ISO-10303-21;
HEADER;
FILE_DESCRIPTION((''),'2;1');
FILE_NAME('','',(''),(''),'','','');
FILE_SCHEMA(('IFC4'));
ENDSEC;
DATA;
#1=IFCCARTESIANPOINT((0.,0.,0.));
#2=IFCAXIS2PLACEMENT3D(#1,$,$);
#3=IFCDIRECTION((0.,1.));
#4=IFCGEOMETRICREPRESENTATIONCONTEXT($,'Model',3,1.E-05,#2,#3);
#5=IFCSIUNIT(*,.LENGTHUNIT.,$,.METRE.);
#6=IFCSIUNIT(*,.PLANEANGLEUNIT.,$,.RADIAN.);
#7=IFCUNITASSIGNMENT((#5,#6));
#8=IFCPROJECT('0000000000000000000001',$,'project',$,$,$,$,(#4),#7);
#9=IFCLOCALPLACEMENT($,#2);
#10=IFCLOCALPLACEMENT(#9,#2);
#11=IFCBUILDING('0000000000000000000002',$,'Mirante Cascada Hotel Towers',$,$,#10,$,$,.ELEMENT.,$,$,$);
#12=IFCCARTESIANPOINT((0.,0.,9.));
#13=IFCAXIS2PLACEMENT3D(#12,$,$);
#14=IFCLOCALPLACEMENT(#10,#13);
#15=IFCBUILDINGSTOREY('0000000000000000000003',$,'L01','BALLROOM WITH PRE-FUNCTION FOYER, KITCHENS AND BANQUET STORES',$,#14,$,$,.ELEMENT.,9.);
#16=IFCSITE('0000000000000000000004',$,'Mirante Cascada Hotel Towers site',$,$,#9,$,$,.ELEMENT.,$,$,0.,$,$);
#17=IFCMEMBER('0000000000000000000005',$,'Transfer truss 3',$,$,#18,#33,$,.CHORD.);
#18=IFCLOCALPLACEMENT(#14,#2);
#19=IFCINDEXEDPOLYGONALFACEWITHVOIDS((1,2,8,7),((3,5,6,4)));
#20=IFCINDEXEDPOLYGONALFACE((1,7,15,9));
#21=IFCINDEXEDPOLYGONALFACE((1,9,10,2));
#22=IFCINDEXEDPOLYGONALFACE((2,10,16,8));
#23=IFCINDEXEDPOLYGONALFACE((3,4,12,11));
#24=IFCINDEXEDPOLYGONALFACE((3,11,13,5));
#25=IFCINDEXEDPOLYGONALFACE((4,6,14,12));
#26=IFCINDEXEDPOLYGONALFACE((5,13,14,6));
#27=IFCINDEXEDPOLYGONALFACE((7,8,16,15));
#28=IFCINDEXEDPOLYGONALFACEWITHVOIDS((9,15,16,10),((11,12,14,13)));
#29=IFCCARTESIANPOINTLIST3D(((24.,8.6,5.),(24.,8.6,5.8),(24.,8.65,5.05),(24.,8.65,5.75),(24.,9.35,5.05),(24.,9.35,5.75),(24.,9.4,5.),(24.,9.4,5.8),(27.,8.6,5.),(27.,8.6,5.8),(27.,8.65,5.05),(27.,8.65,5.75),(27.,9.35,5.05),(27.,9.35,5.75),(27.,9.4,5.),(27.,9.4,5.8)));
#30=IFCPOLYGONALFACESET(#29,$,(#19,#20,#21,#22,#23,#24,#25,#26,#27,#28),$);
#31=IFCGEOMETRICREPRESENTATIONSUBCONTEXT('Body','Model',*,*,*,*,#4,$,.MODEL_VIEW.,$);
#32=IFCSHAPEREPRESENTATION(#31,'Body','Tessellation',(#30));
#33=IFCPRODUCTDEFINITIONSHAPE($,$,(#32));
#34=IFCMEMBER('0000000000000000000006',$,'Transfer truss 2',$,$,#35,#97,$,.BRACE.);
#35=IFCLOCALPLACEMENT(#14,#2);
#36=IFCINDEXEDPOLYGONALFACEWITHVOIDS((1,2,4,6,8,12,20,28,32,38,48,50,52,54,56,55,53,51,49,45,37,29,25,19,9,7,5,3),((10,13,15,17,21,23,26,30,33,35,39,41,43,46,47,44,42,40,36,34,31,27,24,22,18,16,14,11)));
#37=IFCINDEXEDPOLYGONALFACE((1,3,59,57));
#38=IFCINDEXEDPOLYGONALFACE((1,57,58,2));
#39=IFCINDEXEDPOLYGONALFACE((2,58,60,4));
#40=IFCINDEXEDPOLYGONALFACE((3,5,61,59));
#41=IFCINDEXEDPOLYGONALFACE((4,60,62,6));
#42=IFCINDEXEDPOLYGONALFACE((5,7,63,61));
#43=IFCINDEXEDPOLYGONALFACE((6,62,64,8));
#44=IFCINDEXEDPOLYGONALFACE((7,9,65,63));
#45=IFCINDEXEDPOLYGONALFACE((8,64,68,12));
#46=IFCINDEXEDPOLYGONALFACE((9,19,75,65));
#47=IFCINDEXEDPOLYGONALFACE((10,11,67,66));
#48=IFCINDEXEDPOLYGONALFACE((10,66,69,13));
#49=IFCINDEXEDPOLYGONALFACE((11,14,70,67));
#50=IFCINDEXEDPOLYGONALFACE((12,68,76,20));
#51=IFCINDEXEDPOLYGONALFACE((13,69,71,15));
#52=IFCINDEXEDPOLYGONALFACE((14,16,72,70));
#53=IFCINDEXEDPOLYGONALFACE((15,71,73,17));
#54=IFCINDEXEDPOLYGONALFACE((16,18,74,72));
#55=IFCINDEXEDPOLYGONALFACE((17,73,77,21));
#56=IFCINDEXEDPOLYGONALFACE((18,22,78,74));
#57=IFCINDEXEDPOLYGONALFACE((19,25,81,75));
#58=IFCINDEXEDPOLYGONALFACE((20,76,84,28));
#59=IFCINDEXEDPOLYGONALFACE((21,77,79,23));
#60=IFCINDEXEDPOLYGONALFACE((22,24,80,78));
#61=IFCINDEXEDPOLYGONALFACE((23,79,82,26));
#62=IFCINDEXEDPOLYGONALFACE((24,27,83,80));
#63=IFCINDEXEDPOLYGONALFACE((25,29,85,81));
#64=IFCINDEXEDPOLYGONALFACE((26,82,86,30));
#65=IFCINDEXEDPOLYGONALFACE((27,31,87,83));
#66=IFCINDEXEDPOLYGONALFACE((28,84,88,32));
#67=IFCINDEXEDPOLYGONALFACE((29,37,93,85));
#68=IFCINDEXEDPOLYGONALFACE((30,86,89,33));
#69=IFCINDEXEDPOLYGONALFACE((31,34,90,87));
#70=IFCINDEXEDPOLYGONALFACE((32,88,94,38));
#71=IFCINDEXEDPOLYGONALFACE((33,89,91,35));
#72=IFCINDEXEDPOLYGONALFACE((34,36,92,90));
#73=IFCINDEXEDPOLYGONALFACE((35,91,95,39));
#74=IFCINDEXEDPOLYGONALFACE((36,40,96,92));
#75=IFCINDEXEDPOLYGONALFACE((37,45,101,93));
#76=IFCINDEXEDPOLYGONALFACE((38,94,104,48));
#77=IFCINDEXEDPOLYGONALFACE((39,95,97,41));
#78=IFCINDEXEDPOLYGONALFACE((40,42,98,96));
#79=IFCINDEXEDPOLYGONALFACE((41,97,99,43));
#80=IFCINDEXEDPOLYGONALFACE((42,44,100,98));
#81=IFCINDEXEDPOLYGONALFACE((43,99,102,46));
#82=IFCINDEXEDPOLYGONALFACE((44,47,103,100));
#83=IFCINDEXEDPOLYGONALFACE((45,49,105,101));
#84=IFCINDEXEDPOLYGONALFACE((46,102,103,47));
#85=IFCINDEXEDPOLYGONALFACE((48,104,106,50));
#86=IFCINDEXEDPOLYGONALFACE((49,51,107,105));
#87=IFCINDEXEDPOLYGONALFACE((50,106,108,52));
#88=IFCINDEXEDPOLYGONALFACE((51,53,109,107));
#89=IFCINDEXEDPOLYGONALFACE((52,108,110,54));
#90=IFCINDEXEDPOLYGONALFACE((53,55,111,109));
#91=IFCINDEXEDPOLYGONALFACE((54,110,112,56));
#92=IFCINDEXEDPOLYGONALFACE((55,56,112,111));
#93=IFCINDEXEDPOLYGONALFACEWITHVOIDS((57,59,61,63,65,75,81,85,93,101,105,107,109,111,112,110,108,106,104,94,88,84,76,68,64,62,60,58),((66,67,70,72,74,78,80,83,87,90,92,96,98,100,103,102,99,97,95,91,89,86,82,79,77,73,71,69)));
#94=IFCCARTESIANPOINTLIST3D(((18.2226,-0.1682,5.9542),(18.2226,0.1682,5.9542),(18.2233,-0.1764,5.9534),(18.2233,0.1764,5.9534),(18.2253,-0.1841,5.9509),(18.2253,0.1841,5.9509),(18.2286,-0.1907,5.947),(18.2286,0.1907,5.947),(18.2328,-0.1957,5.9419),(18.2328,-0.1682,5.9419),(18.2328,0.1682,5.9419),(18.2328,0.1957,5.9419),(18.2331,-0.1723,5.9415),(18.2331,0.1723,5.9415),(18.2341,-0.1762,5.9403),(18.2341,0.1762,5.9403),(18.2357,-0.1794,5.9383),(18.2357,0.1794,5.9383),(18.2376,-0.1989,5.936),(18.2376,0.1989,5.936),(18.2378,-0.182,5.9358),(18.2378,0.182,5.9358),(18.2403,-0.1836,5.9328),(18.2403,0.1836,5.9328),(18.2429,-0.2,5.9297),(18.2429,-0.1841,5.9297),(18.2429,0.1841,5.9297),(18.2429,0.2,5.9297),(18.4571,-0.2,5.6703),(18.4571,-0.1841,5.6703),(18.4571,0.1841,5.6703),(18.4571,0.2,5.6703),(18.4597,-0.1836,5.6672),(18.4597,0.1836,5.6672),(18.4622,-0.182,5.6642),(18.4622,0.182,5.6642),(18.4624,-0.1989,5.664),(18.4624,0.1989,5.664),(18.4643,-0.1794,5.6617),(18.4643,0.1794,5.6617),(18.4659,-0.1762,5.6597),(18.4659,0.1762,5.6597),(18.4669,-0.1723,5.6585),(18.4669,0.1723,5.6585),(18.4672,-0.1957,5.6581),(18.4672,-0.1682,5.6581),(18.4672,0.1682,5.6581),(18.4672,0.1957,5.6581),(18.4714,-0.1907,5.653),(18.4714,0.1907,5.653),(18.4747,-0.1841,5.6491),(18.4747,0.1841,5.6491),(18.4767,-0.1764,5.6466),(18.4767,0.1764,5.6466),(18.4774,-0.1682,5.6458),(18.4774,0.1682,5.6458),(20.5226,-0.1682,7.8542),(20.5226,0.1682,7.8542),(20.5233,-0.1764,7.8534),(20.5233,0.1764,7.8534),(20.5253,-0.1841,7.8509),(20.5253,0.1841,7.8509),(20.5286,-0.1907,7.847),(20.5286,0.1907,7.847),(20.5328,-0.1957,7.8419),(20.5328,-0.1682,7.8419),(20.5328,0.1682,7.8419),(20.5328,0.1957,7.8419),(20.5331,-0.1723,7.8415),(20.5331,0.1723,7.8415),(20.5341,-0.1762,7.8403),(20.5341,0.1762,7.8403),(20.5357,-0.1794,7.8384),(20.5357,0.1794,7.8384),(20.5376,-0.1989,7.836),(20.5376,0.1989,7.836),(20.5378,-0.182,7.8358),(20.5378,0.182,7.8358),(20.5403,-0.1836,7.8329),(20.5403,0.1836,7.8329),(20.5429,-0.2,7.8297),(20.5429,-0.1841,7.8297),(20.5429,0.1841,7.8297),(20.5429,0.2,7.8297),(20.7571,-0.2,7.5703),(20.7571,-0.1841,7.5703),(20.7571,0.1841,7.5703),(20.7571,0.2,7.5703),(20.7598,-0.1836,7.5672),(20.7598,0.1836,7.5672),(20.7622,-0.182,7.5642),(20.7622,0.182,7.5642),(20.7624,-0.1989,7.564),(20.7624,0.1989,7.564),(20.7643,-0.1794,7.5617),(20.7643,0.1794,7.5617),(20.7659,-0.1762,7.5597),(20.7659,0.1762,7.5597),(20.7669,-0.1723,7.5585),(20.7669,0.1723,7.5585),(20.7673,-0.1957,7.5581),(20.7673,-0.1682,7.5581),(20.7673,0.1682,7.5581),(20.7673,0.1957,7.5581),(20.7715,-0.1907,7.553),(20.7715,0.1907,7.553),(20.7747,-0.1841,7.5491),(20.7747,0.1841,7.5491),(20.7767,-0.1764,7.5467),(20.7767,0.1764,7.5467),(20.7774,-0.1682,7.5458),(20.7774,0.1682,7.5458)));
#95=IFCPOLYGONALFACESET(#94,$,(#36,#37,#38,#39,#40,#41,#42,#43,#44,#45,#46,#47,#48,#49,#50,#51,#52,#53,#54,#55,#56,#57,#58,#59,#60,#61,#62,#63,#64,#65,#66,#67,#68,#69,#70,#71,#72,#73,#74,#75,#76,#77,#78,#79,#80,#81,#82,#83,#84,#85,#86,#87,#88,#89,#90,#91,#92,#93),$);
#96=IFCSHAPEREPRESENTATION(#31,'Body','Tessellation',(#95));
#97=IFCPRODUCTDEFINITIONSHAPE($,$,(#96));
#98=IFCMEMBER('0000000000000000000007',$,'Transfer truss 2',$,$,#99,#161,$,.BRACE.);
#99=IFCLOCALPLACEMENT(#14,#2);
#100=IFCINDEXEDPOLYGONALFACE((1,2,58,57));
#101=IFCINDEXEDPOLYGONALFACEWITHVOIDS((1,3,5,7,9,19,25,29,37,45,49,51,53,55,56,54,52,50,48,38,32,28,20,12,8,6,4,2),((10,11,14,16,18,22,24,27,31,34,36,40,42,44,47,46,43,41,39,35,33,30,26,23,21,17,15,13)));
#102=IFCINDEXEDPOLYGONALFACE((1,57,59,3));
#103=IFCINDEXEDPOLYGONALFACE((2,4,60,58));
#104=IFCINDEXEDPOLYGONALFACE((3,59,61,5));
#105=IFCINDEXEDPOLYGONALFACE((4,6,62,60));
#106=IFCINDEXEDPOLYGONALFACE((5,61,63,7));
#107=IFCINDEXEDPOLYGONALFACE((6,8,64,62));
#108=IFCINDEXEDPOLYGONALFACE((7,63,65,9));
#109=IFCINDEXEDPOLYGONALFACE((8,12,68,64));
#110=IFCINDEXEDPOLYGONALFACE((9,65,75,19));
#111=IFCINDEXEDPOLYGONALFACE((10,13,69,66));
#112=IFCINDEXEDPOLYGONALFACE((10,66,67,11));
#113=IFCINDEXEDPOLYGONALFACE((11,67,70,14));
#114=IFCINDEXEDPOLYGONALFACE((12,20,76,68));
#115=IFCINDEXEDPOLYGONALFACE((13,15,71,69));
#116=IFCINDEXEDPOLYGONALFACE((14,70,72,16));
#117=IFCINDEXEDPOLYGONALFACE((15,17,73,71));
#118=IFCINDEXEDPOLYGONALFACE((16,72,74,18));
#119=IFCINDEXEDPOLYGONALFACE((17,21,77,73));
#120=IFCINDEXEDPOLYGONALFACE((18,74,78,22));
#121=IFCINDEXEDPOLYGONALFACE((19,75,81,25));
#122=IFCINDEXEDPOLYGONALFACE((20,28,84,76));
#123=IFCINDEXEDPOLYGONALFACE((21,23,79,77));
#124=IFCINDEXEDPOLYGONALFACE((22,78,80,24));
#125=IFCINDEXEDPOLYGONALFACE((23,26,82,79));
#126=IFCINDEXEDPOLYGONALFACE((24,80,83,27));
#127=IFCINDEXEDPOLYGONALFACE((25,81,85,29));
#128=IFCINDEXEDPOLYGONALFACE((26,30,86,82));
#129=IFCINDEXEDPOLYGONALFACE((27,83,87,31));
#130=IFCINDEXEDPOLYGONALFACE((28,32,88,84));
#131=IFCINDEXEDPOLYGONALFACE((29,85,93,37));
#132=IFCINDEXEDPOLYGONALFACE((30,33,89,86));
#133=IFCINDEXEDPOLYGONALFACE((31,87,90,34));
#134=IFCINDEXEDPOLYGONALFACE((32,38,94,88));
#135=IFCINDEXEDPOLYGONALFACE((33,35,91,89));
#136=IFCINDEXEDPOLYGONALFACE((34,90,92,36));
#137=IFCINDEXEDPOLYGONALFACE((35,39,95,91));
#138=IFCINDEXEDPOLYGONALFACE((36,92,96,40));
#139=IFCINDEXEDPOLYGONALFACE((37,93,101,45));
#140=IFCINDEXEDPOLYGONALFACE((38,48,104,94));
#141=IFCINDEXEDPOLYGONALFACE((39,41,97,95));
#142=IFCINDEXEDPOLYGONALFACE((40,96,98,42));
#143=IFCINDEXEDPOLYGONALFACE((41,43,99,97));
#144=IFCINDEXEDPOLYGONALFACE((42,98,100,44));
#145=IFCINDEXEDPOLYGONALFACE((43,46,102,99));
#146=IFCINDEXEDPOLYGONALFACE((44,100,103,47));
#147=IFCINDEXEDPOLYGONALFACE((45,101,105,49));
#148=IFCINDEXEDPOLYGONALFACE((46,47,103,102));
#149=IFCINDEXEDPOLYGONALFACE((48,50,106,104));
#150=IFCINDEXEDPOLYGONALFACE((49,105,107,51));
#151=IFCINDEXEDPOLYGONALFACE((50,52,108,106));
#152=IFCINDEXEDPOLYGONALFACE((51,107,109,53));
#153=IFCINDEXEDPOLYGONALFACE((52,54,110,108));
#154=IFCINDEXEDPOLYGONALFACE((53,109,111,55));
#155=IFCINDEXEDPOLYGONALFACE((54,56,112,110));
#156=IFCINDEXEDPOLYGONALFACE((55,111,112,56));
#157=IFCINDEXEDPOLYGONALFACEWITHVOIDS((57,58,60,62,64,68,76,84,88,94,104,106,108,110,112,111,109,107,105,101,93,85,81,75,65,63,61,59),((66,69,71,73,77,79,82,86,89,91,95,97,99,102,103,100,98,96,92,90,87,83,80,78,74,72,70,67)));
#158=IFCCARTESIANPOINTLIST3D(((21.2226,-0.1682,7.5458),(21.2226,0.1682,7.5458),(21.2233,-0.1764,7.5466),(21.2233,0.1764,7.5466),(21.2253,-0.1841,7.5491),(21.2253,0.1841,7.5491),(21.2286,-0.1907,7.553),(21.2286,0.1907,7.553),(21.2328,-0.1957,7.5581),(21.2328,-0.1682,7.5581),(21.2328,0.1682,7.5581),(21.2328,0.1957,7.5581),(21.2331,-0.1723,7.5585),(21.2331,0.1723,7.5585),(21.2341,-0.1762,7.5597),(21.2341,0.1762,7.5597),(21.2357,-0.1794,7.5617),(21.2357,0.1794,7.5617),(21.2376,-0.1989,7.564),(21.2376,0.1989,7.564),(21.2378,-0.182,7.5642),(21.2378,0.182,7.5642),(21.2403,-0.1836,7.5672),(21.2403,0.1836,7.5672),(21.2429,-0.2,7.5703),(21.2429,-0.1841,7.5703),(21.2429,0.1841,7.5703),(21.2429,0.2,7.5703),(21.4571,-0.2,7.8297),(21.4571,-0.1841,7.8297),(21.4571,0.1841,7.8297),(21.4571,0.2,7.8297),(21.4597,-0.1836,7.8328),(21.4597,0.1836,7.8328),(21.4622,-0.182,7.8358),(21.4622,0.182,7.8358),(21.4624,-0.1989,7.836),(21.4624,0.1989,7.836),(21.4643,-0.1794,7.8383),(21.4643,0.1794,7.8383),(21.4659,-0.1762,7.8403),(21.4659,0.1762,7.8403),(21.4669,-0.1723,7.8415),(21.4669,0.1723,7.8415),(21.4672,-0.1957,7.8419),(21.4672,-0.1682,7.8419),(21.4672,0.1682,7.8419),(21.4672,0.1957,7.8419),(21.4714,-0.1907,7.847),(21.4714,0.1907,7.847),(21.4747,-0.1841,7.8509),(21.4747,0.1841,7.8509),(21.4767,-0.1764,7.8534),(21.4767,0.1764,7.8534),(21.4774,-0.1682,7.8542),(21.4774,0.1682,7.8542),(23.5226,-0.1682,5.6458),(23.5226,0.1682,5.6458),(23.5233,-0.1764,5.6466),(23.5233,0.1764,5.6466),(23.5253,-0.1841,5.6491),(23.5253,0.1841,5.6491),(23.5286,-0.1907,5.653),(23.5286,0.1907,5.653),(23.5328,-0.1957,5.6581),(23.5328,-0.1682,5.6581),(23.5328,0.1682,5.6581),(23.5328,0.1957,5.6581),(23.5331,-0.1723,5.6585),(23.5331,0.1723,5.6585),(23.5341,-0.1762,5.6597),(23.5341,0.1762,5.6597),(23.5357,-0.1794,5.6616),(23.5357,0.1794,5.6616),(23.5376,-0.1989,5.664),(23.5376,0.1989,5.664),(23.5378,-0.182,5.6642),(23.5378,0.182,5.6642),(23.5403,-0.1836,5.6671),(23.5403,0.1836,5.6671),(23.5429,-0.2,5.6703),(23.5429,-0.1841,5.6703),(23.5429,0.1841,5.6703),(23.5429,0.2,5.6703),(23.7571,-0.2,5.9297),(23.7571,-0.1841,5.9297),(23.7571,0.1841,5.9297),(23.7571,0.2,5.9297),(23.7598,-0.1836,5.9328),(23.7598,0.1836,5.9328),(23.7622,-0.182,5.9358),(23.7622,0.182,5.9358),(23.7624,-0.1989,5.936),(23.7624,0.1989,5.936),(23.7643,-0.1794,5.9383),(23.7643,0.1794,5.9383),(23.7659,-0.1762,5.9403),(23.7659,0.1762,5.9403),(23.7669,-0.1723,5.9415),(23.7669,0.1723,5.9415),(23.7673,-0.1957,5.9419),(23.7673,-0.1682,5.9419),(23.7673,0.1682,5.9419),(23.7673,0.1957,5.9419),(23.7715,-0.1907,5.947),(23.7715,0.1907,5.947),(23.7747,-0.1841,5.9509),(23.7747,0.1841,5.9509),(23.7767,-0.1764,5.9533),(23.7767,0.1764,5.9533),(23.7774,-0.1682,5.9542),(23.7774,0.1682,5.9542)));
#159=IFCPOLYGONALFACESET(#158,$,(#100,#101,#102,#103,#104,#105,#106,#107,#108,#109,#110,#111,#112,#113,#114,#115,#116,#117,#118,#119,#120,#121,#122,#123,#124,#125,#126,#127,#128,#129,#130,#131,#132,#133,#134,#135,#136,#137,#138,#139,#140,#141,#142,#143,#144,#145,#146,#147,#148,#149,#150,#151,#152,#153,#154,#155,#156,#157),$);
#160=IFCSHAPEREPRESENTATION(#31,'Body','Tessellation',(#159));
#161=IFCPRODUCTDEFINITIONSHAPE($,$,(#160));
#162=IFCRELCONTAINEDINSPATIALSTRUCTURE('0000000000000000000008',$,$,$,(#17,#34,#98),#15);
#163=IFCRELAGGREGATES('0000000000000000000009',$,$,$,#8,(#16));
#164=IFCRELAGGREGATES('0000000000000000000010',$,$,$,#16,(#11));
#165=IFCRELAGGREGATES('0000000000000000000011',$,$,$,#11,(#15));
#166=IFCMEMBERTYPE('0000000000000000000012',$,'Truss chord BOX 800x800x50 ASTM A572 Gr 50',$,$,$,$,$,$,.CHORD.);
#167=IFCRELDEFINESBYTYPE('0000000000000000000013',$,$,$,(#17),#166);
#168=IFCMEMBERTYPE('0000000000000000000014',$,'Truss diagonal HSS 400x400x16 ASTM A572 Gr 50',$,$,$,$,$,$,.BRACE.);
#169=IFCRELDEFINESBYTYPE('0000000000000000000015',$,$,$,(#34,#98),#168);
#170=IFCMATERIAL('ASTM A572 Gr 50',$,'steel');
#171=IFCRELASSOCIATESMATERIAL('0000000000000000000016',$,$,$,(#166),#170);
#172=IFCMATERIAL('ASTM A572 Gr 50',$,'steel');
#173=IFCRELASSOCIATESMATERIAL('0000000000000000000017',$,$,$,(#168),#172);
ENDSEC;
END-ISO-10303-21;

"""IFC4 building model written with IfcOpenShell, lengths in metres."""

from ifc_helpers import new_model, si_unit, direction, frame, origin, origin_2d, place, context, subcontext, project, spatial, hollow_rectangle, extrude, material, material_profile, profile_set, type_object, element, save


model = new_model("IFC4")

# Units and contexts
model_context = context("Model", 3, precision=1e-05, world=origin(), true_north=direction((0.0, 1.0)))
body_context = subcontext(model_context, "Body", "Model", "MODEL_VIEW")
ifc_project = project(units=[si_unit("LENGTHUNIT", "METRE"), si_unit("PLANEANGLEUNIT", "RADIAN")], contexts=[model_context])

# Site, building, storey
site_placement = place(None, origin())
site = spatial("IfcSite", under=ifc_project, at=site_placement, Name="Mirante Cascada Hotel Towers site", CompositionType="ELEMENT", RefElevation=0.0)
building_placement = place(site_placement, origin())
building = spatial("IfcBuilding", under=site, at=building_placement, Name="Mirante Cascada Hotel Towers", CompositionType="ELEMENT")
storey_placement = place(building_placement, frame((0.0, 0.0, 9.0)))
storey = spatial("IfcBuildingStorey", under=building, at=storey_placement, Name="L01", Description="BALLROOM WITH PRE-FUNCTION FOYER, KITCHENS AND BANQUET STORES", CompositionType="ELEMENT", Elevation=9.0)

# Members
ifc_material_1 = material(Name="ASTM A572 Gr 50", Category="steel")
ifc_material_profile_1 = material_profile(ifc_material_1, hollow_rectangle(XDim=0.8, YDim=0.8, WallThickness=0.05, at=origin_2d()), Name="BOX 800x800x50")
ifc_profile_set_1 = profile_set([ifc_material_profile_1], Name="ASTM A572 Gr 50")
member_type_1 = type_object("IfcMemberType", Name="Truss chord BOX 800x800x50 ASTM A572 Gr 50", PredefinedType="CHORD", material=ifc_profile_set_1)
for number, where, z_axis, x_axis, name in (
    (1, (24.0, 9.0, 5.4), (1.0, 0.0, 0.0), (0.0, 1.0, 0.0), "Transfer truss 3"),
):
    element("IfcMember", number, at=place(storey_placement, frame(where, z_axis=z_axis, x_axis=x_axis)), inside=storey, type_object=member_type_1, Name=name, PredefinedType="CHORD", context=body_context, shape_type="SweptSolid", body=[
        extrude(hollow_rectangle(XDim=0.8, YDim=0.8, WallThickness=0.05, at=origin_2d()), origin(), (0.0, 0.0, 1.0), 3.0),
    ])
ifc_material_2 = material(Name="ASTM A572 Gr 50", Category="steel")
ifc_material_profile_2 = material_profile(ifc_material_2, hollow_rectangle(XDim=0.4, YDim=0.4, WallThickness=0.0159, InnerFilletRadius=0.0159, OuterFilletRadius=0.0318, at=origin_2d()), Name="HSS 400x400x16")
ifc_profile_set_2 = profile_set([ifc_material_profile_2], Name="ASTM A572 Gr 50")
member_type_2 = type_object("IfcMemberType", Name="Truss diagonal HSS 400x400x16 ASTM A572 Gr 50", PredefinedType="BRACE", material=ifc_profile_set_2)
for number, where, z_axis, x_axis, name in (
    (2, (18.35, 0.0, 5.8), (0.770962, 0.0, 0.636881), (0.0, 1.0, 0.0), "Transfer truss 2"),
    (3, (21.35, 0.0, 7.7), (0.770962, 0.0, -0.636881), (0.0, 1.0, 0.0), "Transfer truss 2"),
):
    element("IfcMember", number, at=place(storey_placement, frame(where, z_axis=z_axis, x_axis=x_axis)), inside=storey, type_object=member_type_2, Name=name, PredefinedType="BRACE", context=body_context, shape_type="SweptSolid", body=[
        extrude(hollow_rectangle(XDim=0.4, YDim=0.4, WallThickness=0.0159, InnerFilletRadius=0.0159, OuterFilletRadius=0.0318, at=origin_2d()), origin(), (0.0, 0.0, 1.0), 2.9833),
    ])

save(model, "model.ifc")
